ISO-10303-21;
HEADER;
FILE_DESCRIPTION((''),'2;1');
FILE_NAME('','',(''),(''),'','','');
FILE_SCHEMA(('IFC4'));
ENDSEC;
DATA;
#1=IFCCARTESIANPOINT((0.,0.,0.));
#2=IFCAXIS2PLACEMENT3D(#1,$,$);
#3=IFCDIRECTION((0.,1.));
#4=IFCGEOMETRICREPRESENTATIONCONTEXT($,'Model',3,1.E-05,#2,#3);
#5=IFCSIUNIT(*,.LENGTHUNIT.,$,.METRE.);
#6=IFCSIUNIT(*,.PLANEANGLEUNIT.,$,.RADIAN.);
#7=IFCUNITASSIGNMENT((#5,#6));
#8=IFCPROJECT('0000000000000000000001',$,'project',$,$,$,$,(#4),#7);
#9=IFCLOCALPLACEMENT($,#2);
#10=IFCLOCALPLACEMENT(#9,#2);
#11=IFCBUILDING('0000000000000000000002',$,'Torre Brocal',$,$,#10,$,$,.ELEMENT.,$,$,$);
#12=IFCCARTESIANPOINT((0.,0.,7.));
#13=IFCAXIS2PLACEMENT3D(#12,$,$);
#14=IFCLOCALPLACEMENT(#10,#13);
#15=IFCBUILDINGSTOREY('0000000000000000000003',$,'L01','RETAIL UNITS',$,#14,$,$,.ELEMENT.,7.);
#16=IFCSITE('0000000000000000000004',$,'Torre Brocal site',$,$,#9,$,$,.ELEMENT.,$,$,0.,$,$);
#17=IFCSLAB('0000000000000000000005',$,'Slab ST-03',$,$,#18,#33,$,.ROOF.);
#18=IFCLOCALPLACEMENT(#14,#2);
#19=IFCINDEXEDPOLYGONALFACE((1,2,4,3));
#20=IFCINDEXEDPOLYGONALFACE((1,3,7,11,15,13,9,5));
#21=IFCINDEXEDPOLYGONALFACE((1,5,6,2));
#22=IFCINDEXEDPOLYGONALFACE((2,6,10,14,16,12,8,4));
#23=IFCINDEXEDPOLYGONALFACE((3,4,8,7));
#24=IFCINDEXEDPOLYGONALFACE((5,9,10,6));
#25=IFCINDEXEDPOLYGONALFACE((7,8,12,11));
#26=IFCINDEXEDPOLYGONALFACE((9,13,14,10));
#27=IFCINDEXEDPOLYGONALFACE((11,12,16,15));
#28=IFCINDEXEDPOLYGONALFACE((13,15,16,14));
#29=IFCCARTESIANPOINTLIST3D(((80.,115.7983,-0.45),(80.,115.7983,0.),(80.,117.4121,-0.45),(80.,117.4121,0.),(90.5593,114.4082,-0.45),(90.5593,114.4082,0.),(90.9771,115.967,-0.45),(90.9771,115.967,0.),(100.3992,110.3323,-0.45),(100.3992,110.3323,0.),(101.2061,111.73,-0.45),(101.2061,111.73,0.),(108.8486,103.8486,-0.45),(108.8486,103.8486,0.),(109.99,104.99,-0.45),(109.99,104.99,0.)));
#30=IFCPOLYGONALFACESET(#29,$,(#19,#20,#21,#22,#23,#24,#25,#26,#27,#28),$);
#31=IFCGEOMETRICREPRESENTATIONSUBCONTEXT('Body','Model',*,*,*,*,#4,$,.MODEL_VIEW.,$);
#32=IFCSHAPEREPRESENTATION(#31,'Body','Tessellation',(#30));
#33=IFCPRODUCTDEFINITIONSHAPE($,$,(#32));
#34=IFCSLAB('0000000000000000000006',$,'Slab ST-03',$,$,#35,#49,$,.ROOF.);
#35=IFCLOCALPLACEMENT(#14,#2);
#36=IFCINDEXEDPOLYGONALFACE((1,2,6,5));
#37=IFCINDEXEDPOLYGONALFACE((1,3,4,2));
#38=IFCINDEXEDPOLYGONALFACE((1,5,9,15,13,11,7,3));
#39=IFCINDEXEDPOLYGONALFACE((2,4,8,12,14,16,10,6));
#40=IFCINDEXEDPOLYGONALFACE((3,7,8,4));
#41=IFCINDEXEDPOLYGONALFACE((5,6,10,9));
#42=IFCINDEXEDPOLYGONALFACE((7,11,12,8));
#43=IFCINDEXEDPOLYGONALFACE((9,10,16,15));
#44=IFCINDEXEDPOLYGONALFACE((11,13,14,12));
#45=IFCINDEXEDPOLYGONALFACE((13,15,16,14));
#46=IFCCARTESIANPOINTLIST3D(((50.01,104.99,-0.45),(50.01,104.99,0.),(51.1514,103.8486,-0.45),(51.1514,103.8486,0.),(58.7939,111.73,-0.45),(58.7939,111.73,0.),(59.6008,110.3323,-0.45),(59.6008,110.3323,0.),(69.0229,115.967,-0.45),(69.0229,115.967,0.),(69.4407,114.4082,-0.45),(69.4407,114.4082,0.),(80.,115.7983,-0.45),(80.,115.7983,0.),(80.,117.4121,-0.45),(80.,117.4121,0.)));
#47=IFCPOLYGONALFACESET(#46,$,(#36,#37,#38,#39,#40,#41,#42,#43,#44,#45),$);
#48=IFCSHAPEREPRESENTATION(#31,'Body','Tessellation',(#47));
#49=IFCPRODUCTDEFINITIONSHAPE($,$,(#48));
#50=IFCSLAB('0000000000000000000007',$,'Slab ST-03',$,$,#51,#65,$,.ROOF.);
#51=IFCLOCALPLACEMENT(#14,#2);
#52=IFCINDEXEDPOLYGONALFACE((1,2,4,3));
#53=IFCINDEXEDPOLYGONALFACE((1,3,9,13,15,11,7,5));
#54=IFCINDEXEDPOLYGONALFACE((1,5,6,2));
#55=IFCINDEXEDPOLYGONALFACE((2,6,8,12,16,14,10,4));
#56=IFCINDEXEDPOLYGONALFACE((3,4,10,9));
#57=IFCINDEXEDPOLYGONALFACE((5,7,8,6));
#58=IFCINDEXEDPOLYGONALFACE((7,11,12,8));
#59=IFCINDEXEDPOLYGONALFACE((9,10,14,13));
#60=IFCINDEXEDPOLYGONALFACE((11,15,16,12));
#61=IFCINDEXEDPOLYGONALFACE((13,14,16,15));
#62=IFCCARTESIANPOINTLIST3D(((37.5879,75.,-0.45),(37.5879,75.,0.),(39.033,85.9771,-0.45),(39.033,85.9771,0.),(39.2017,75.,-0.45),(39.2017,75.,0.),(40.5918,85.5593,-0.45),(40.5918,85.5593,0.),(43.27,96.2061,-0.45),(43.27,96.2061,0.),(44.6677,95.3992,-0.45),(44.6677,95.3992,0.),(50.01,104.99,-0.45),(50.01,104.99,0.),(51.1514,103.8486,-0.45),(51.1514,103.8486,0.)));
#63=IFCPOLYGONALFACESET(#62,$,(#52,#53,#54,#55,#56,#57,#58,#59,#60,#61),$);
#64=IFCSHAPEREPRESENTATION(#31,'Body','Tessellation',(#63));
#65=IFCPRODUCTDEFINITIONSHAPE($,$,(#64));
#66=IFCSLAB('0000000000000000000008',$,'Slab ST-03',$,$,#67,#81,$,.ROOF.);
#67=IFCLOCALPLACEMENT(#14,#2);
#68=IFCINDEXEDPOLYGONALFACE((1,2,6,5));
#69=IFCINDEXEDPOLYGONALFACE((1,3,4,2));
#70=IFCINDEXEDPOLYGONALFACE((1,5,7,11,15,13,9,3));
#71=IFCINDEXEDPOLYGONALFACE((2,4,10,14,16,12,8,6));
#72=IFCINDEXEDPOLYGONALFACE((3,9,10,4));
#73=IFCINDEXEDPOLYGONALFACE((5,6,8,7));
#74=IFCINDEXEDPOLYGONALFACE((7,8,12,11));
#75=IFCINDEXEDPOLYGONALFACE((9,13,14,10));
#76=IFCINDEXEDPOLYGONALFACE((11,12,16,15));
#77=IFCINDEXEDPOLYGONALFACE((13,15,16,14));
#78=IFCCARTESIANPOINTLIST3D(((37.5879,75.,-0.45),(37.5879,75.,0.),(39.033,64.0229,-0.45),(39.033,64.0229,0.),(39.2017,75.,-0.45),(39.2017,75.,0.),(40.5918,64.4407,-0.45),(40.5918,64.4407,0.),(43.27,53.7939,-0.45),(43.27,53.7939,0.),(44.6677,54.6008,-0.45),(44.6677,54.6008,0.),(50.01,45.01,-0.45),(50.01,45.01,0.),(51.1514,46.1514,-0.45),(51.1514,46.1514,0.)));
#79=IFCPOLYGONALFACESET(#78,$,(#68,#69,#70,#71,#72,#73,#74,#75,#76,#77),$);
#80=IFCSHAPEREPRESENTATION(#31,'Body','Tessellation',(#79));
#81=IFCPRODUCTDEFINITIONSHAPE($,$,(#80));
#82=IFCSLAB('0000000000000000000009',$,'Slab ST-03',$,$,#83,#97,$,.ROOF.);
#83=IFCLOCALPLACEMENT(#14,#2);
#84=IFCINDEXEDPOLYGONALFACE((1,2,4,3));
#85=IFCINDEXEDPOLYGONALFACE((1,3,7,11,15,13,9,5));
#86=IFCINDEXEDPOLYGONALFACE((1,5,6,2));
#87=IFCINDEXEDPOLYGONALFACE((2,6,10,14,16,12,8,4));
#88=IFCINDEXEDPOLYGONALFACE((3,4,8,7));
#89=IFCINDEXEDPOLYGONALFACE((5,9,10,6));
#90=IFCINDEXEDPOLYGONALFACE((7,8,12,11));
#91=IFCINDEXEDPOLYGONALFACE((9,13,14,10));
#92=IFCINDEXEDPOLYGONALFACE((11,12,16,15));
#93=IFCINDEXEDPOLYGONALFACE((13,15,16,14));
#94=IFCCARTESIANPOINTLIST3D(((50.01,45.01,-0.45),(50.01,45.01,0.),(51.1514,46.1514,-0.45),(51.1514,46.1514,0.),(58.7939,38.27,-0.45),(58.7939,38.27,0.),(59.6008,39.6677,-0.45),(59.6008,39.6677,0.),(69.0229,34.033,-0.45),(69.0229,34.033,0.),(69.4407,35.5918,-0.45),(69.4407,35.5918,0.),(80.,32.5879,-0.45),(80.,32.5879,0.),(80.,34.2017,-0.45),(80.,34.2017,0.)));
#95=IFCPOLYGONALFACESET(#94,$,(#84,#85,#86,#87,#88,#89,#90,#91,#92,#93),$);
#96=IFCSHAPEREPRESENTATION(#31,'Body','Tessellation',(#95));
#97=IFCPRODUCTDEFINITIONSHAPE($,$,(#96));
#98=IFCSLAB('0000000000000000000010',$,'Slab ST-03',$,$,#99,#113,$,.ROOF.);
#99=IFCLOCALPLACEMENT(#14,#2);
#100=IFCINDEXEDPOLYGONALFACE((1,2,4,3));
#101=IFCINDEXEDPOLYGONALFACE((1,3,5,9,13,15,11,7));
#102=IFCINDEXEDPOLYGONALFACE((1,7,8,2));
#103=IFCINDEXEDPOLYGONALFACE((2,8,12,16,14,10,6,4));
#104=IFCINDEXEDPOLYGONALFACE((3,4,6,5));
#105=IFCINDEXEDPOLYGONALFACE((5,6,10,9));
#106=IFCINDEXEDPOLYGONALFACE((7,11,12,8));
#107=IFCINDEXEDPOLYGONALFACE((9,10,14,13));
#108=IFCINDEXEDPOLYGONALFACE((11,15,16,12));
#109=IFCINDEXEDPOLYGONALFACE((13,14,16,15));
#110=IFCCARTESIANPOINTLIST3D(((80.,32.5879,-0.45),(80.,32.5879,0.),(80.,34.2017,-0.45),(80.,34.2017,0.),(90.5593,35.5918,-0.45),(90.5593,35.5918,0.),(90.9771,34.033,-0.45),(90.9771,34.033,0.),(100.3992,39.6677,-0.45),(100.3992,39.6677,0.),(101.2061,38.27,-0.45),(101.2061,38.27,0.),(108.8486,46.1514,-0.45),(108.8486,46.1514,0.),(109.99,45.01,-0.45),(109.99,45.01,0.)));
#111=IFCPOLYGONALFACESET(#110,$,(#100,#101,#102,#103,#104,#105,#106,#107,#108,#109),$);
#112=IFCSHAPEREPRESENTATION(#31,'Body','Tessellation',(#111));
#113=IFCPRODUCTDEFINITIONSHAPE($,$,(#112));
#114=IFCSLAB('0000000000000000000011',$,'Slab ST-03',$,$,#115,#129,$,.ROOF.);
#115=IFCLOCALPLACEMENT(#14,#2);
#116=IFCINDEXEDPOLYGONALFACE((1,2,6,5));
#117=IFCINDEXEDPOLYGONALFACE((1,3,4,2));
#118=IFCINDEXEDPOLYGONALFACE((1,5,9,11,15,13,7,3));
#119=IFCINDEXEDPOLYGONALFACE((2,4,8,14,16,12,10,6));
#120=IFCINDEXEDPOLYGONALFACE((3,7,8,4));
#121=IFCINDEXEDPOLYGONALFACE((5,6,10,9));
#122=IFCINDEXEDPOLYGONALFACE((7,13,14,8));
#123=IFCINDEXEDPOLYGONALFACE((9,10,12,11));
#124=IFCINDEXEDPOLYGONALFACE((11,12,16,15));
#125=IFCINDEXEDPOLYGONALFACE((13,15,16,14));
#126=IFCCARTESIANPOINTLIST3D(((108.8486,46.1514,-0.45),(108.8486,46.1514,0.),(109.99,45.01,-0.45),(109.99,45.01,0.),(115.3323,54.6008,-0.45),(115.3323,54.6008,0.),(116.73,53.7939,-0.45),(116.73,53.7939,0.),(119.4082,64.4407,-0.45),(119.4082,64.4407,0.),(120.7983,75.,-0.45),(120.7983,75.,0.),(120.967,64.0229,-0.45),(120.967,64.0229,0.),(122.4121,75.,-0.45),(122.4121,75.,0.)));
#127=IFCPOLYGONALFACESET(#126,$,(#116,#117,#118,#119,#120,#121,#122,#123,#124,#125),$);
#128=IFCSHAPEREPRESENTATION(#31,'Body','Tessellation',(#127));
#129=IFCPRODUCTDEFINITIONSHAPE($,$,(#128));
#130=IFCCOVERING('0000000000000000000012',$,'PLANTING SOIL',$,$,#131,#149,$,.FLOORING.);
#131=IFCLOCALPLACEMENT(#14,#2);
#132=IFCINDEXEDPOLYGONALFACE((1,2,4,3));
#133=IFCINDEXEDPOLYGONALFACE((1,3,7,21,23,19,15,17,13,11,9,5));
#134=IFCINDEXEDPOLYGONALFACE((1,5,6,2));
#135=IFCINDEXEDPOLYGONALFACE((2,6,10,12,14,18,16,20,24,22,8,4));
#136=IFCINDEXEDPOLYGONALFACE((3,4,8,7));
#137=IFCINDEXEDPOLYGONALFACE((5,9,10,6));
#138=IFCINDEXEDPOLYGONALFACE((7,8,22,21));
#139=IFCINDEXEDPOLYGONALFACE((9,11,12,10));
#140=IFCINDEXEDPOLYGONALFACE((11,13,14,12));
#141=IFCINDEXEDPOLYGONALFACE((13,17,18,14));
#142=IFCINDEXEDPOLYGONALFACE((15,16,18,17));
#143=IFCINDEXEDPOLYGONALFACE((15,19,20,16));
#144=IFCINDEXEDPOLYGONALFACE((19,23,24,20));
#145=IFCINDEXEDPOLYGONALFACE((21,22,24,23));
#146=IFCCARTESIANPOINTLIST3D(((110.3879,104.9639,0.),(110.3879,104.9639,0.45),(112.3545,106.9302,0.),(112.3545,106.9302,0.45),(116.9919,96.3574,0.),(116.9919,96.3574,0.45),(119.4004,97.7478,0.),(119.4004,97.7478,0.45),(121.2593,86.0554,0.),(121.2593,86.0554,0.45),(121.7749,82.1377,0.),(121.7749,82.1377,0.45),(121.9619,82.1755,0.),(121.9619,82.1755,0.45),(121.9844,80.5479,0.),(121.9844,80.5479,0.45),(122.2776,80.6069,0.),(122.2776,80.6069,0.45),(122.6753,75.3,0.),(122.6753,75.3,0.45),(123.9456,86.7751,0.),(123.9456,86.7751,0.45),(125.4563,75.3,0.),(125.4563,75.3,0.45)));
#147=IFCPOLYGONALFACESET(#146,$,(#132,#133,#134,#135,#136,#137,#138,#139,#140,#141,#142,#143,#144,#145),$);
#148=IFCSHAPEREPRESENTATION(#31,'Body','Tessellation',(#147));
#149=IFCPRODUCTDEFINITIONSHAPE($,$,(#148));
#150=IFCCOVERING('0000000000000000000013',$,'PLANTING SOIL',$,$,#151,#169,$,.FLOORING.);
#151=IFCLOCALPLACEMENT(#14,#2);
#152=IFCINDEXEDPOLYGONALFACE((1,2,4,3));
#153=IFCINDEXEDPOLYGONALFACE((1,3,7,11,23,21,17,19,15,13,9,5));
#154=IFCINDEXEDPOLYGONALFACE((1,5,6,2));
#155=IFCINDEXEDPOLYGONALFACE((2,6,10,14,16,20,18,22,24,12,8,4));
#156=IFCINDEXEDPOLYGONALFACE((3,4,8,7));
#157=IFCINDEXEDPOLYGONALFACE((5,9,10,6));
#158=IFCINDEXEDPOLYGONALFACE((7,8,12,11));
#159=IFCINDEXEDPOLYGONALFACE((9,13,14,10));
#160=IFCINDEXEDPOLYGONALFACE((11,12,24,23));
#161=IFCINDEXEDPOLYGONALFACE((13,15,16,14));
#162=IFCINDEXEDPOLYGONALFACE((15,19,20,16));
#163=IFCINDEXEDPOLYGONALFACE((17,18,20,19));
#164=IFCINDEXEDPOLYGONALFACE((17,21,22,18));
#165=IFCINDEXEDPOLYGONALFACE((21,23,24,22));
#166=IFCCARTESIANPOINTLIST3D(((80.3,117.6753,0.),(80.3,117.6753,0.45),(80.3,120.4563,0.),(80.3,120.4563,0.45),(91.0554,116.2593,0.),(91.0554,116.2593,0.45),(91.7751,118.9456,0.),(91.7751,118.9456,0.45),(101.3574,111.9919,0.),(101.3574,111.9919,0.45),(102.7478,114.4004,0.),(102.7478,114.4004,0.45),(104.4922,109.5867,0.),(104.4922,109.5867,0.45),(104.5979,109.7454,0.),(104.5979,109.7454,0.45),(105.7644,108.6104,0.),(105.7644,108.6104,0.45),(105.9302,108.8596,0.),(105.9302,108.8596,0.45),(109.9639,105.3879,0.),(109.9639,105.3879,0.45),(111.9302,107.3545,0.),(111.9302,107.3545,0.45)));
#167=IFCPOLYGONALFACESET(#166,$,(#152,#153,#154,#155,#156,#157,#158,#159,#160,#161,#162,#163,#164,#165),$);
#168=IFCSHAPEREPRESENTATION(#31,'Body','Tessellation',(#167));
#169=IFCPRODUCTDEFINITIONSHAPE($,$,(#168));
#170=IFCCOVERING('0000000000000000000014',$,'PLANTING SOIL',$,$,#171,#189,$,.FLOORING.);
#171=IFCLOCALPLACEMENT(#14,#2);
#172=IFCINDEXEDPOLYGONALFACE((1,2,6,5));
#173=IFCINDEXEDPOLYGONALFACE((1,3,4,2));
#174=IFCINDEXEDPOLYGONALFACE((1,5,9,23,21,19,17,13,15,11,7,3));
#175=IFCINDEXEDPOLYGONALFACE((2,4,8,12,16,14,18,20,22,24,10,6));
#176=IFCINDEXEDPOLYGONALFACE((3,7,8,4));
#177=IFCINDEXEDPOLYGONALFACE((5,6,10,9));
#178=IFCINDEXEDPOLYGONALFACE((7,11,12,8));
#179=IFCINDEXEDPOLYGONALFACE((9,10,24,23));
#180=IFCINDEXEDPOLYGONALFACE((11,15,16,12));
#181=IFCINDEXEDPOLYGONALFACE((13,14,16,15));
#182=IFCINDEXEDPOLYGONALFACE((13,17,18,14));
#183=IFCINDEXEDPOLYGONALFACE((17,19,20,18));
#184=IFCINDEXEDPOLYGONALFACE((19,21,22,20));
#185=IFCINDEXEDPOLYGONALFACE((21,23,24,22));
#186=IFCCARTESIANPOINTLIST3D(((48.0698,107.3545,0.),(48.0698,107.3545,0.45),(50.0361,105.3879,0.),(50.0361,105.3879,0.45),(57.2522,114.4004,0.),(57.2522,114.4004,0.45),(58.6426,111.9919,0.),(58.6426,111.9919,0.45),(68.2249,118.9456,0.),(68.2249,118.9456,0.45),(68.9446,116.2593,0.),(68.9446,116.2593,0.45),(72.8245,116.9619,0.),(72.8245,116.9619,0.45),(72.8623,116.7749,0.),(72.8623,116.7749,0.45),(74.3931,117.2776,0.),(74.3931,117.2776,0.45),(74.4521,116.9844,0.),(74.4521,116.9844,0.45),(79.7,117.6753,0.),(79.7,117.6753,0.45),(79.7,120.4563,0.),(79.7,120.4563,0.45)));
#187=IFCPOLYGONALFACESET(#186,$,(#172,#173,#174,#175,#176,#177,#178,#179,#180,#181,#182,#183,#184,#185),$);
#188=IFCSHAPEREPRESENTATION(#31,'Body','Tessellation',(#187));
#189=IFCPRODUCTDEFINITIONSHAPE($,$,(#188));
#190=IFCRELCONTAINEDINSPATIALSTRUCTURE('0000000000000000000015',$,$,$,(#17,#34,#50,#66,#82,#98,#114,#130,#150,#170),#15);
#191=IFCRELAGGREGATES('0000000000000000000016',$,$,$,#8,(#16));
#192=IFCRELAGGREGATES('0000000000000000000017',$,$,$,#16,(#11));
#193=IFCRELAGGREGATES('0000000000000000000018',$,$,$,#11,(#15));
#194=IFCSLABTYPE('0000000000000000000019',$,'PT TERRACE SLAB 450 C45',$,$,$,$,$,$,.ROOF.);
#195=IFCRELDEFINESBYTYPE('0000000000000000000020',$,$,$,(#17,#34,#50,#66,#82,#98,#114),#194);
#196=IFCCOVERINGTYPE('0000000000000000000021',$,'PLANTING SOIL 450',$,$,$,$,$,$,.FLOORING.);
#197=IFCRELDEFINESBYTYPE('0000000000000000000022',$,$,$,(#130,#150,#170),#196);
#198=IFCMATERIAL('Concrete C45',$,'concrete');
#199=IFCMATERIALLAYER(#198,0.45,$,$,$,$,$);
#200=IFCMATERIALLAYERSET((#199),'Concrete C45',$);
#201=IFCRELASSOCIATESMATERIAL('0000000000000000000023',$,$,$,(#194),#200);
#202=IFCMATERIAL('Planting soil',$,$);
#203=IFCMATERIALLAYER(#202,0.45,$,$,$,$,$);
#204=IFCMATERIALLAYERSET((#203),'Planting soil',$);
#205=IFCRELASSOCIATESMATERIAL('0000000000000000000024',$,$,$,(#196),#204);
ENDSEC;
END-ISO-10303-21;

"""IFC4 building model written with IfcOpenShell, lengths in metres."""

from ifc_helpers import new_model, si_unit, direction, frame, origin, place, context, subcontext, project, spatial, polyline, outline, extrude, material, layer, layer_set, type_object, element, save


model = new_model("IFC4")

# Units and contexts
model_context = context("Model", 3, precision=1e-05, world=origin(), true_north=direction((0.0, 1.0)))
body_context = subcontext(model_context, "Body", "Model", "MODEL_VIEW")
ifc_project = project(units=[si_unit("LENGTHUNIT", "METRE"), si_unit("PLANEANGLEUNIT", "RADIAN")], contexts=[model_context])

# Site, building, storey
site_placement = place(None, origin())
site = spatial("IfcSite", under=ifc_project, at=site_placement, Name="Torre Brocal site", CompositionType="ELEMENT", RefElevation=0.0)
building_placement = place(site_placement, origin())
building = spatial("IfcBuilding", under=site, at=building_placement, Name="Torre Brocal", CompositionType="ELEMENT")
storey_placement = place(building_placement, frame((0.0, 0.0, 7.0)))
storey = spatial("IfcBuildingStorey", under=building, at=storey_placement, Name="L01", Description="RETAIL UNITS", CompositionType="ELEMENT", Elevation=7.0)

# Slabs
ifc_material_1 = material(Name="Concrete C45", Category="concrete")
ifc_layer_1 = layer(ifc_material_1, 0.45)
ifc_layer_set_1 = layer_set([ifc_layer_1], Name="Concrete C45")
slab_type_1 = type_object("IfcSlabType", Name="PT TERRACE SLAB 450 C45", PredefinedType="ROOF", material=ifc_layer_set_1)
slab_1_placement = place(storey_placement, frame((0.0, 0.0, -0.45)))
element("IfcSlab", 1, at=slab_1_placement, inside=storey, type_object=slab_type_1, Name="Slab ST-03", PredefinedType="ROOF", context=body_context, shape_type="SweptSolid", body=[
    extrude(outline(polyline([(100.3992, 110.3323), (90.5593, 114.4082), (80.0, 115.7983), (80.0, 117.4121), (90.9771, 115.967), (101.2061, 111.73), (109.99, 104.99), (108.8486, 103.8486), (100.3992, 110.3323)])), origin(), (0.0, 0.0, 1.0), 0.45),
])
slab_2_placement = place(storey_placement, frame((0.0, 0.0, -0.45)))
element("IfcSlab", 2, at=slab_2_placement, inside=storey, type_object=slab_type_1, Name="Slab ST-03", PredefinedType="ROOF", context=body_context, shape_type="SweptSolid", body=[
    extrude(outline(polyline([(69.4407, 114.4082), (59.6008, 110.3323), (51.1514, 103.8486), (50.01, 104.99), (58.7939, 111.73), (69.0229, 115.967), (80.0, 117.4121), (80.0, 115.7983), (69.4407, 114.4082)])), origin(), (0.0, 0.0, 1.0), 0.45),
])
slab_3_placement = place(storey_placement, frame((0.0, 0.0, -0.45)))
element("IfcSlab", 3, at=slab_3_placement, inside=storey, type_object=slab_type_1, Name="Slab ST-03", PredefinedType="ROOF", context=body_context, shape_type="SweptSolid", body=[
    extrude(outline(polyline([(44.6677, 95.3992), (40.5918, 85.5593), (39.2017, 75.0), (37.5879, 75.0), (39.033, 85.9771), (43.27, 96.2061), (50.01, 104.99), (51.1514, 103.8486), (44.6677, 95.3992)])), origin(), (0.0, 0.0, 1.0), 0.45),
])
slab_4_placement = place(storey_placement, frame((0.0, 0.0, -0.45)))
element("IfcSlab", 4, at=slab_4_placement, inside=storey, type_object=slab_type_1, Name="Slab ST-03", PredefinedType="ROOF", context=body_context, shape_type="SweptSolid", body=[
    extrude(outline(polyline([(40.5918, 64.4407), (44.6677, 54.6008), (51.1514, 46.1514), (50.01, 45.01), (43.27, 53.7939), (39.033, 64.0229), (37.5879, 75.0), (39.2017, 75.0), (40.5918, 64.4407)])), origin(), (0.0, 0.0, 1.0), 0.45),
])
slab_5_placement = place(storey_placement, frame((0.0, 0.0, -0.45)))
element("IfcSlab", 5, at=slab_5_placement, inside=storey, type_object=slab_type_1, Name="Slab ST-03", PredefinedType="ROOF", context=body_context, shape_type="SweptSolid", body=[
    extrude(outline(polyline([(59.6008, 39.6677), (69.4407, 35.5918), (80.0, 34.2017), (80.0, 32.5879), (69.0229, 34.033), (58.7939, 38.27), (50.01, 45.01), (51.1514, 46.1514), (59.6008, 39.6677)])), origin(), (0.0, 0.0, 1.0), 0.45),
])
slab_6_placement = place(storey_placement, frame((0.0, 0.0, -0.45)))
element("IfcSlab", 6, at=slab_6_placement, inside=storey, type_object=slab_type_1, Name="Slab ST-03", PredefinedType="ROOF", context=body_context, shape_type="SweptSolid", body=[
    extrude(outline(polyline([(90.5593, 35.5918), (100.3992, 39.6677), (108.8486, 46.1514), (109.99, 45.01), (101.2061, 38.27), (90.9771, 34.033), (80.0, 32.5879), (80.0, 34.2017), (90.5593, 35.5918)])), origin(), (0.0, 0.0, 1.0), 0.45),
])
slab_7_placement = place(storey_placement, frame((0.0, 0.0, -0.45)))
element("IfcSlab", 7, at=slab_7_placement, inside=storey, type_object=slab_type_1, Name="Slab ST-03", PredefinedType="ROOF", context=body_context, shape_type="SweptSolid", body=[
    extrude(outline(polyline([(115.3323, 54.6008), (119.4082, 64.4407), (120.7983, 75.0), (122.4121, 75.0), (120.967, 64.0229), (116.73, 53.7939), (109.99, 45.01), (108.8486, 46.1514), (115.3323, 54.6008)])), origin(), (0.0, 0.0, 1.0), 0.45),
])

# Coverings
ifc_material_2 = material(Name="Planting soil")
ifc_layer_2 = layer(ifc_material_2, 0.45)
ifc_layer_set_2 = layer_set([ifc_layer_2], Name="Planting soil")
covering_type = type_object("IfcCoveringType", Name="PLANTING SOIL 450", PredefinedType="FLOORING", material=ifc_layer_set_2)
covering_1_placement = place(storey_placement, origin())
element("IfcCovering", 8, at=covering_1_placement, inside=storey, type_object=covering_type, Name="PLANTING SOIL", PredefinedType="FLOORING", context=body_context, shape_type="SweptSolid", body=[
    extrude(outline(polyline([(112.3545, 106.9302), (119.4004, 97.7478), (123.9456, 86.7751), (125.4563, 75.3), (122.6753, 75.3), (121.9844, 80.5479), (122.2776, 80.6069), (121.9619, 82.1755), (121.7749, 82.1377), (121.2593, 86.0554), (116.9919, 96.3574), (110.3879, 104.9639), (112.3545, 106.9302)])), origin(), (0.0, 0.0, 1.0), 0.45),
])
covering_2_placement = place(storey_placement, origin())
element("IfcCovering", 9, at=covering_2_placement, inside=storey, type_object=covering_type, Name="PLANTING SOIL", PredefinedType="FLOORING", context=body_context, shape_type="SweptSolid", body=[
    extrude(outline(polyline([(111.9302, 107.3545), (109.9639, 105.3879), (105.7644, 108.6104), (105.9302, 108.8596), (104.5979, 109.7454), (104.4922, 109.5867), (101.3574, 111.9919), (91.0554, 116.2593), (80.3, 117.6753), (80.3, 120.4563), (91.7751, 118.9456), (102.7478, 114.4004), (111.9302, 107.3545)])), origin(), (0.0, 0.0, 1.0), 0.45),
])
covering_3_placement = place(storey_placement, origin())
element("IfcCovering", 10, at=covering_3_placement, inside=storey, type_object=covering_type, Name="PLANTING SOIL", PredefinedType="FLOORING", context=body_context, shape_type="SweptSolid", body=[
    extrude(outline(polyline([(48.0698, 107.3545), (57.2522, 114.4004), (68.2249, 118.9456), (79.7, 120.4563), (79.7, 117.6753), (74.4521, 116.9844), (74.3931, 117.2776), (72.8245, 116.9619), (72.8623, 116.7749), (68.9446, 116.2593), (58.6426, 111.9919), (50.0361, 105.3879), (48.0698, 107.3545)])), origin(), (0.0, 0.0, 1.0), 0.45),
])

save(model, "model.ifc")
